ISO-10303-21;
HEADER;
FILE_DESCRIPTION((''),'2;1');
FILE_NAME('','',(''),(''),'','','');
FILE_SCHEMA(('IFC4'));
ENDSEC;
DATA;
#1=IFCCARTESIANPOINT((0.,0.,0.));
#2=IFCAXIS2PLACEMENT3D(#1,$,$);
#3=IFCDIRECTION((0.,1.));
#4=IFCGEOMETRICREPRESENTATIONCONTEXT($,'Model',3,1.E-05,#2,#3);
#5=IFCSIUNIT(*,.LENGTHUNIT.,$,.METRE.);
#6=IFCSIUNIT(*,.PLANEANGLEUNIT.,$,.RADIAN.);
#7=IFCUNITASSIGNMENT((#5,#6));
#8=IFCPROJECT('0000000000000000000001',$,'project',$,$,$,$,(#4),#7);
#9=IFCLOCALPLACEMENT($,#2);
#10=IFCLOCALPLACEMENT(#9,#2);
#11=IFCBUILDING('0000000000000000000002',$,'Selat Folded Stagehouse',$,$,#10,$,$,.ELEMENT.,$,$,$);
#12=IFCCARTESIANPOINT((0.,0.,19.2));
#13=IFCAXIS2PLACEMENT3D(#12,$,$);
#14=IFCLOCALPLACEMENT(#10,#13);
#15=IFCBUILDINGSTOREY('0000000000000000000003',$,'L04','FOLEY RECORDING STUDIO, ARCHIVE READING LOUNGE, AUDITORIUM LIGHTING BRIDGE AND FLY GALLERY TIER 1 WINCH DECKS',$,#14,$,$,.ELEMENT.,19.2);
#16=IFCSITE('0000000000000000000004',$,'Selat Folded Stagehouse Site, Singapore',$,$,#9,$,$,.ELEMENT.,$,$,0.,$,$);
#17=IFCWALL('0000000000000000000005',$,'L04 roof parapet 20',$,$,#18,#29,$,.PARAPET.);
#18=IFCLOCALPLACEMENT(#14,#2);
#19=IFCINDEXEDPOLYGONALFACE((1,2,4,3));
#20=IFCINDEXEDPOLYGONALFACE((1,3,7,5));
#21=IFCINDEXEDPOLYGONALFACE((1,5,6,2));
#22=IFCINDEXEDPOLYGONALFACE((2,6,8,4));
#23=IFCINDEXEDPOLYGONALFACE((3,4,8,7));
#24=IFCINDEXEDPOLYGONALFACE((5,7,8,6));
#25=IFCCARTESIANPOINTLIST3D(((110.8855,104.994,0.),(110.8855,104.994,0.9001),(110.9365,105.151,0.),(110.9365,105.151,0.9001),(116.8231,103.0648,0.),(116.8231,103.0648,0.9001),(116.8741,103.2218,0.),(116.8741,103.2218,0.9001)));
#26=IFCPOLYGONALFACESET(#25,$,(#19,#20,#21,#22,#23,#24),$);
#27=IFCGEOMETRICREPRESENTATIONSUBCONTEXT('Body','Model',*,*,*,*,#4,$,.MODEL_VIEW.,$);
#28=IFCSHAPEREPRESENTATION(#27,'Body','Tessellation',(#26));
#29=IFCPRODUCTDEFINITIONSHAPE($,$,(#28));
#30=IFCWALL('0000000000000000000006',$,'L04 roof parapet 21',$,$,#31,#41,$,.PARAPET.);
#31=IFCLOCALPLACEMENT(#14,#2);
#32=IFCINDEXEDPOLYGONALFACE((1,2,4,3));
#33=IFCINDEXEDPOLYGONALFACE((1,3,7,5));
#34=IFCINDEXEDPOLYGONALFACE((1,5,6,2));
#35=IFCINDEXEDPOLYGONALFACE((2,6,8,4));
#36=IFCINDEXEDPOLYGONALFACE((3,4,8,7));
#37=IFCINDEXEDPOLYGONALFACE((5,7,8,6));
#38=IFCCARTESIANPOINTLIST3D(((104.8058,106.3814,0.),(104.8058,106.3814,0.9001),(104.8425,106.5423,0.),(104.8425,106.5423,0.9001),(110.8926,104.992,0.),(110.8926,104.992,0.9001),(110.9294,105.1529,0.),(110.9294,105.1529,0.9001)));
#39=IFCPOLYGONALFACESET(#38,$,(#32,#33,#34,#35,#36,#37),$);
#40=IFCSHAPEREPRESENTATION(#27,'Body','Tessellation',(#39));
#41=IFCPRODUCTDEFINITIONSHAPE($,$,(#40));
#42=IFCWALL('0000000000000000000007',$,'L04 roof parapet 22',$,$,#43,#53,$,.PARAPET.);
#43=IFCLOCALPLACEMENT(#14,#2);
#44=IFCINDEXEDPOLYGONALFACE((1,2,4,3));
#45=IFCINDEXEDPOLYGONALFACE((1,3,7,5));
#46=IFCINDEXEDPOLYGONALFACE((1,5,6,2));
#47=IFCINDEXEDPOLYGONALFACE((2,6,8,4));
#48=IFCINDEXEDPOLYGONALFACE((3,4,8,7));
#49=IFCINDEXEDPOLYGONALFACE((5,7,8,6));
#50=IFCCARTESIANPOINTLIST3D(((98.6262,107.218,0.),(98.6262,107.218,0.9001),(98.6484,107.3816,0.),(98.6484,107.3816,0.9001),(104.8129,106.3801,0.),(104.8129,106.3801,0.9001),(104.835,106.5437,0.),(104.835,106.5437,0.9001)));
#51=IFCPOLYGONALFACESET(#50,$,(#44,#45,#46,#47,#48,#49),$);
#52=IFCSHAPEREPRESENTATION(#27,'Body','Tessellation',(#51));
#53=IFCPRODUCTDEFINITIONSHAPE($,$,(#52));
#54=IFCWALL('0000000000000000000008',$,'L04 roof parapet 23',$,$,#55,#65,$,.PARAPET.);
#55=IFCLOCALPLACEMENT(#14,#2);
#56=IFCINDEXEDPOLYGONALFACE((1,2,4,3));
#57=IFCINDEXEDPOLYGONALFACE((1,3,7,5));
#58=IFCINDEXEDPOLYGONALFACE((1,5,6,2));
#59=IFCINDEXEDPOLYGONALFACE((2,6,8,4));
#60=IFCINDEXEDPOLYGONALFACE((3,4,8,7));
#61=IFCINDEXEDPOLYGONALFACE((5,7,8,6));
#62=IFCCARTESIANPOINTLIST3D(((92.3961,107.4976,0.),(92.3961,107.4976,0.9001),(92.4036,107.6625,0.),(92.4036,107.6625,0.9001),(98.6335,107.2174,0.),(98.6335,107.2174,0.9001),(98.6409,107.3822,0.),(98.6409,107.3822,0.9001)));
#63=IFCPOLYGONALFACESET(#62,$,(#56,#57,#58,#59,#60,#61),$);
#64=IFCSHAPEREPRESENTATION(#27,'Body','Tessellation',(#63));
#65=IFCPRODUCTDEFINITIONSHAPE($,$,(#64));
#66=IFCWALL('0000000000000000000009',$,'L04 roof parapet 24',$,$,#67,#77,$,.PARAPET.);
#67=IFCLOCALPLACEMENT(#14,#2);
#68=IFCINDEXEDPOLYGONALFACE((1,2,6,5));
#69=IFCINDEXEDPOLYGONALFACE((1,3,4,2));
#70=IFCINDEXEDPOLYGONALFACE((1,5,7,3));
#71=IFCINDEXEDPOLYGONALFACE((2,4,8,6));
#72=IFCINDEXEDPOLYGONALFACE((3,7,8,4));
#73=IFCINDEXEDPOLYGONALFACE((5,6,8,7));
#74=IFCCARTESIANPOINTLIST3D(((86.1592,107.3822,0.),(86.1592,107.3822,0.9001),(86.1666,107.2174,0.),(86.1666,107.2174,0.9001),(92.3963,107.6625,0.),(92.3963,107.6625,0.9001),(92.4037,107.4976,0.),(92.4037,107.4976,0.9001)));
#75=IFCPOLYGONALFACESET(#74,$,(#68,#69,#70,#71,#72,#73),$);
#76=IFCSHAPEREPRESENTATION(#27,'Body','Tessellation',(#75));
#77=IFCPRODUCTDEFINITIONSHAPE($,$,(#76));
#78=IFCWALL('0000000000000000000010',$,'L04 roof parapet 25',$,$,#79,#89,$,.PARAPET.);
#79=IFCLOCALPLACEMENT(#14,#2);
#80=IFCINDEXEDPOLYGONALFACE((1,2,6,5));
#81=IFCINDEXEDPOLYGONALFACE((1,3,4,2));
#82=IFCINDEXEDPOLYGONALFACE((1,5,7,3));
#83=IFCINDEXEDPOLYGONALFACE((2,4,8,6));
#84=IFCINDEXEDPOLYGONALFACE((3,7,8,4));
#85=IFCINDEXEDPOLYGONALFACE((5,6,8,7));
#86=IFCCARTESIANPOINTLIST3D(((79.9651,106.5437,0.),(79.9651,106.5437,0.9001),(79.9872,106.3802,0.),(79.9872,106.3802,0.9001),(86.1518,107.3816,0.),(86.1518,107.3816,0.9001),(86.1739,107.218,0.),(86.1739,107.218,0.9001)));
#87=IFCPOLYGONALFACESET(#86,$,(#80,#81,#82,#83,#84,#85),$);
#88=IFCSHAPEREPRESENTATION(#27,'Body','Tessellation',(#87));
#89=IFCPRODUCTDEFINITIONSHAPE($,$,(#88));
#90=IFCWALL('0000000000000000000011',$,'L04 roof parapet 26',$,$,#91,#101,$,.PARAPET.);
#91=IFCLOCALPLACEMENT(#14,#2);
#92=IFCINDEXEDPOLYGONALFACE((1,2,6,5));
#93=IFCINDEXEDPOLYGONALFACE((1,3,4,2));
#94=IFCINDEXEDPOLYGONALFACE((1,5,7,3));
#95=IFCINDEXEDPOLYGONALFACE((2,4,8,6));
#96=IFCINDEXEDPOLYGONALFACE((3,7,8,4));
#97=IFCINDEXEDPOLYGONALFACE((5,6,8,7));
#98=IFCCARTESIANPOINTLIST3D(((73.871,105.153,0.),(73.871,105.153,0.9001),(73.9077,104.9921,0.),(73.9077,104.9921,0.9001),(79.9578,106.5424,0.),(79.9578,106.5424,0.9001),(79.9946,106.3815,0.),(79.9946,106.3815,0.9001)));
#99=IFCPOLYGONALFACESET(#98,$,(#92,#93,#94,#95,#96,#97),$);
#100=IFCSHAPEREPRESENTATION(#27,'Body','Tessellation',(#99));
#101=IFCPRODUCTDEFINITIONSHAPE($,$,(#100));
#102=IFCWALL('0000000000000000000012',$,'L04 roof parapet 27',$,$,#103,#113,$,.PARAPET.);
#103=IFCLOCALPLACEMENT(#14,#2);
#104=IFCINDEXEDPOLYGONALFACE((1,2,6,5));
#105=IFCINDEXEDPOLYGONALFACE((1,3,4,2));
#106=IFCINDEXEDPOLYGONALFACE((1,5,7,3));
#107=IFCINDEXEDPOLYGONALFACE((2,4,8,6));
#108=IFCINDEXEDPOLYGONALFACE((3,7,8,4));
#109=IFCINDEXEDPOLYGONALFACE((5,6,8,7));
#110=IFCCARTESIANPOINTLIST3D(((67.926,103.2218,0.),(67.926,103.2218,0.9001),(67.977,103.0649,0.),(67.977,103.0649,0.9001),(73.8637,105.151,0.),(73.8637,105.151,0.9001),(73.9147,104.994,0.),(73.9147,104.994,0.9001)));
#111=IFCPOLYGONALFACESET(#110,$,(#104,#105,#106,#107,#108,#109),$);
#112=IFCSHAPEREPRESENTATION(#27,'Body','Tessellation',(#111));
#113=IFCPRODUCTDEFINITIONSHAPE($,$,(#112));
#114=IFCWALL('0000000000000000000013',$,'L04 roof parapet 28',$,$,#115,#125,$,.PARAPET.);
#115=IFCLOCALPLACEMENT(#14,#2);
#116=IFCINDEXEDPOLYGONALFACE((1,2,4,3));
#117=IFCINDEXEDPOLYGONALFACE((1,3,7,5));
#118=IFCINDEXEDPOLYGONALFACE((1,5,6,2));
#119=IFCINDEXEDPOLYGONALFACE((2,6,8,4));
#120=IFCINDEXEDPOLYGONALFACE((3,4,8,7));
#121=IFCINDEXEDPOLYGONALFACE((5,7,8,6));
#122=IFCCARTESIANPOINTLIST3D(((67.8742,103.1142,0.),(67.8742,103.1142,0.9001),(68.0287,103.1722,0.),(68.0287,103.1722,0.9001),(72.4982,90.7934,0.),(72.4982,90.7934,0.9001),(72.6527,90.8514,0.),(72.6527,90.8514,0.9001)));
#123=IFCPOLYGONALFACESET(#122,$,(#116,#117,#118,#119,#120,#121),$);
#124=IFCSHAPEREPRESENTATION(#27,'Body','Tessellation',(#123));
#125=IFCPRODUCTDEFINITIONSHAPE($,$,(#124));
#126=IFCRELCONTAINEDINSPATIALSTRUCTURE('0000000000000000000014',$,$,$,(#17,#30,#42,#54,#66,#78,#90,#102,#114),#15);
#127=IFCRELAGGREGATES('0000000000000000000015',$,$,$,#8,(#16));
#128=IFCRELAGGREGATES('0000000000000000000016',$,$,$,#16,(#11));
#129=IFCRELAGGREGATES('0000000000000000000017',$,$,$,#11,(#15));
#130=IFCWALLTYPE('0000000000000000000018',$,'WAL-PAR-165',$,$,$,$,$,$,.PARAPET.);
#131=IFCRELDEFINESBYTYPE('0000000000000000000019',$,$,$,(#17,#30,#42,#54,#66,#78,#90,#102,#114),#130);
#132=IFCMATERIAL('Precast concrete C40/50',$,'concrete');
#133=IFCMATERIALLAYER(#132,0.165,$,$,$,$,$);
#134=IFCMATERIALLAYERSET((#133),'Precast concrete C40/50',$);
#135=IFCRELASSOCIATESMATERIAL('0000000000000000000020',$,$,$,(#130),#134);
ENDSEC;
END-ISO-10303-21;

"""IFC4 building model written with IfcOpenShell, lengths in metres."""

from ifc_helpers import new_model, si_unit, direction, frame, frame_2d, origin, place, context, subcontext, project, spatial, rectangle, extrude, material, layer, layer_set, type_object, element, save


model = new_model("IFC4")

# Units and contexts
model_context = context("Model", 3, precision=1e-05, world=origin(), true_north=direction((0.0, 1.0)))
body_context = subcontext(model_context, "Body", "Model", "MODEL_VIEW")
ifc_project = project(units=[si_unit("LENGTHUNIT", "METRE"), si_unit("PLANEANGLEUNIT", "RADIAN")], contexts=[model_context])

# Site, building, storey
site_placement = place(None, origin())
site = spatial("IfcSite", under=ifc_project, at=site_placement, Name="Selat Folded Stagehouse Site, Singapore", CompositionType="ELEMENT", RefElevation=0.0)
building_placement = place(site_placement, origin())
building = spatial("IfcBuilding", under=site, at=building_placement, Name="Selat Folded Stagehouse", CompositionType="ELEMENT")
storey_placement = place(building_placement, frame((0.0, 0.0, 19.2)))
storey = spatial("IfcBuildingStorey", under=building, at=storey_placement, Name="L04", Description="FOLEY RECORDING STUDIO, ARCHIVE READING LOUNGE, AUDITORIUM LIGHTING BRIDGE AND FLY GALLERY TIER 1 WINCH DECKS", CompositionType="ELEMENT", Elevation=19.2)

# Walls
ifc_material = material(Name="Precast concrete C40/50", Category="concrete")
ifc_layer = layer(ifc_material, 0.165)
ifc_layer_set = layer_set([ifc_layer], Name="Precast concrete C40/50")
wall_type = type_object("IfcWallType", Name="WAL-PAR-165", PredefinedType="PARAPET", material=ifc_layer_set)
wall_1_placement = place(storey_placement, frame((116.8486, 103.1433, 0.0), z_axis=(0.0, 0.0, 1.0), x_axis=(-0.951061, 0.309004, 0.0)))
element("IfcWall", 1, at=wall_1_placement, inside=storey, type_object=wall_type, Name="L04 roof parapet 20", PredefinedType="PARAPET", context=body_context, shape_type="SweptSolid", body=[
    extrude(rectangle(XDim=6.2432, YDim=0.165, at=frame_2d((3.1216, 0.0))), origin(), (0.0, 0.0, 1.0), 0.9001),
])
wall_2_placement = place(storey_placement, frame((110.9109, 105.0725, 0.0), z_axis=(0.0, 0.0, 1.0), x_axis=(-0.974924, 0.222537, 0.0)))
element("IfcWall", 2, at=wall_2_placement, inside=storey, type_object=wall_type, Name="L04 roof parapet 21", PredefinedType="PARAPET", context=body_context, shape_type="SweptSolid", body=[
    extrude(rectangle(XDim=6.2434, YDim=0.165, at=frame_2d((3.1216, 0.0))), origin(), (0.0, 0.0, 1.0), 0.9001),
])
wall_3_placement = place(storey_placement, frame((104.824, 106.4619, 0.0), z_axis=(0.0, 0.0, 1.0), x_axis=(-0.990953, 0.134207, 0.0)))
element("IfcWall", 3, at=wall_3_placement, inside=storey, type_object=wall_type, Name="L04 roof parapet 22", PredefinedType="PARAPET", context=body_context, shape_type="SweptSolid", body=[
    extrude(rectangle(XDim=6.2432, YDim=0.165, at=frame_2d((3.1216, 0.0))), origin(), (0.0, 0.0, 1.0), 0.9001),
])
wall_4_placement = place(storey_placement, frame((98.6372, 107.2998, 0.0), z_axis=(0.0, 0.0, 1.0), x_axis=(-0.998992, 0.04489, 0.0)))
element("IfcWall", 4, at=wall_4_placement, inside=storey, type_object=wall_type, Name="L04 roof parapet 23", PredefinedType="PARAPET", context=body_context, shape_type="SweptSolid", body=[
    extrude(rectangle(XDim=6.2437, YDim=0.165, at=frame_2d((3.1218, 0.0))), origin(), (0.0, 0.0, 1.0), 0.9001),
])
wall_5_placement = place(storey_placement, frame((92.3999, 107.5801, 0.0), z_axis=(0.0, 0.0, 1.0), x_axis=(-0.998992, -0.044891, 0.0)))
element("IfcWall", 5, at=wall_5_placement, inside=storey, type_object=wall_type, Name="L04 roof parapet 24", PredefinedType="PARAPET", context=body_context, shape_type="SweptSolid", body=[
    extrude(rectangle(XDim=6.2434, YDim=0.165, at=frame_2d((3.1216, 0.0))), origin(), (0.0, 0.0, 1.0), 0.9001),
])
wall_6_placement = place(storey_placement, frame((86.1628, 107.2998, 0.0), z_axis=(0.0, 0.0, 1.0), x_axis=(-0.990953, -0.134207, 0.0)))
element("IfcWall", 6, at=wall_6_placement, inside=storey, type_object=wall_type, Name="L04 roof parapet 25", PredefinedType="PARAPET", context=body_context, shape_type="SweptSolid", body=[
    extrude(rectangle(XDim=6.2432, YDim=0.165, at=frame_2d((3.1216, 0.0))), origin(), (0.0, 0.0, 1.0), 0.9001),
])
wall_7_placement = place(storey_placement, frame((79.9761, 106.4619, 0.0), z_axis=(0.0, 0.0, 1.0), x_axis=(-0.974924, -0.222537, 0.0)))
element("IfcWall", 7, at=wall_7_placement, inside=storey, type_object=wall_type, Name="L04 roof parapet 26", PredefinedType="PARAPET", context=body_context, shape_type="SweptSolid", body=[
    extrude(rectangle(XDim=6.2434, YDim=0.165, at=frame_2d((3.1216, 0.0))), origin(), (0.0, 0.0, 1.0), 0.9001),
])
wall_8_placement = place(storey_placement, frame((73.8892, 105.0725, 0.0), z_axis=(0.0, 0.0, 1.0), x_axis=(-0.951061, -0.309004, 0.0)))
element("IfcWall", 8, at=wall_8_placement, inside=storey, type_object=wall_type, Name="L04 roof parapet 27", PredefinedType="PARAPET", context=body_context, shape_type="SweptSolid", body=[
    extrude(rectangle(XDim=6.2432, YDim=0.165, at=frame_2d((3.1216, 0.0))), origin(), (0.0, 0.0, 1.0), 0.9001),
])
wall_9_placement = place(storey_placement, frame((67.9514, 103.1433, 0.0), z_axis=(0.0, 0.0, 1.0), x_axis=(0.351371, -0.936236, 0.0)))
element("IfcWall", 9, at=wall_9_placement, inside=storey, type_object=wall_type, Name="L04 roof parapet 28", PredefinedType="PARAPET", context=body_context, shape_type="SweptSolid", body=[
    extrude(rectangle(XDim=13.1599, YDim=0.165, at=frame_2d((6.5801, 0.0))), origin(), (0.0, 0.0, 1.0), 0.9001),
])

save(model, "model.ifc")
